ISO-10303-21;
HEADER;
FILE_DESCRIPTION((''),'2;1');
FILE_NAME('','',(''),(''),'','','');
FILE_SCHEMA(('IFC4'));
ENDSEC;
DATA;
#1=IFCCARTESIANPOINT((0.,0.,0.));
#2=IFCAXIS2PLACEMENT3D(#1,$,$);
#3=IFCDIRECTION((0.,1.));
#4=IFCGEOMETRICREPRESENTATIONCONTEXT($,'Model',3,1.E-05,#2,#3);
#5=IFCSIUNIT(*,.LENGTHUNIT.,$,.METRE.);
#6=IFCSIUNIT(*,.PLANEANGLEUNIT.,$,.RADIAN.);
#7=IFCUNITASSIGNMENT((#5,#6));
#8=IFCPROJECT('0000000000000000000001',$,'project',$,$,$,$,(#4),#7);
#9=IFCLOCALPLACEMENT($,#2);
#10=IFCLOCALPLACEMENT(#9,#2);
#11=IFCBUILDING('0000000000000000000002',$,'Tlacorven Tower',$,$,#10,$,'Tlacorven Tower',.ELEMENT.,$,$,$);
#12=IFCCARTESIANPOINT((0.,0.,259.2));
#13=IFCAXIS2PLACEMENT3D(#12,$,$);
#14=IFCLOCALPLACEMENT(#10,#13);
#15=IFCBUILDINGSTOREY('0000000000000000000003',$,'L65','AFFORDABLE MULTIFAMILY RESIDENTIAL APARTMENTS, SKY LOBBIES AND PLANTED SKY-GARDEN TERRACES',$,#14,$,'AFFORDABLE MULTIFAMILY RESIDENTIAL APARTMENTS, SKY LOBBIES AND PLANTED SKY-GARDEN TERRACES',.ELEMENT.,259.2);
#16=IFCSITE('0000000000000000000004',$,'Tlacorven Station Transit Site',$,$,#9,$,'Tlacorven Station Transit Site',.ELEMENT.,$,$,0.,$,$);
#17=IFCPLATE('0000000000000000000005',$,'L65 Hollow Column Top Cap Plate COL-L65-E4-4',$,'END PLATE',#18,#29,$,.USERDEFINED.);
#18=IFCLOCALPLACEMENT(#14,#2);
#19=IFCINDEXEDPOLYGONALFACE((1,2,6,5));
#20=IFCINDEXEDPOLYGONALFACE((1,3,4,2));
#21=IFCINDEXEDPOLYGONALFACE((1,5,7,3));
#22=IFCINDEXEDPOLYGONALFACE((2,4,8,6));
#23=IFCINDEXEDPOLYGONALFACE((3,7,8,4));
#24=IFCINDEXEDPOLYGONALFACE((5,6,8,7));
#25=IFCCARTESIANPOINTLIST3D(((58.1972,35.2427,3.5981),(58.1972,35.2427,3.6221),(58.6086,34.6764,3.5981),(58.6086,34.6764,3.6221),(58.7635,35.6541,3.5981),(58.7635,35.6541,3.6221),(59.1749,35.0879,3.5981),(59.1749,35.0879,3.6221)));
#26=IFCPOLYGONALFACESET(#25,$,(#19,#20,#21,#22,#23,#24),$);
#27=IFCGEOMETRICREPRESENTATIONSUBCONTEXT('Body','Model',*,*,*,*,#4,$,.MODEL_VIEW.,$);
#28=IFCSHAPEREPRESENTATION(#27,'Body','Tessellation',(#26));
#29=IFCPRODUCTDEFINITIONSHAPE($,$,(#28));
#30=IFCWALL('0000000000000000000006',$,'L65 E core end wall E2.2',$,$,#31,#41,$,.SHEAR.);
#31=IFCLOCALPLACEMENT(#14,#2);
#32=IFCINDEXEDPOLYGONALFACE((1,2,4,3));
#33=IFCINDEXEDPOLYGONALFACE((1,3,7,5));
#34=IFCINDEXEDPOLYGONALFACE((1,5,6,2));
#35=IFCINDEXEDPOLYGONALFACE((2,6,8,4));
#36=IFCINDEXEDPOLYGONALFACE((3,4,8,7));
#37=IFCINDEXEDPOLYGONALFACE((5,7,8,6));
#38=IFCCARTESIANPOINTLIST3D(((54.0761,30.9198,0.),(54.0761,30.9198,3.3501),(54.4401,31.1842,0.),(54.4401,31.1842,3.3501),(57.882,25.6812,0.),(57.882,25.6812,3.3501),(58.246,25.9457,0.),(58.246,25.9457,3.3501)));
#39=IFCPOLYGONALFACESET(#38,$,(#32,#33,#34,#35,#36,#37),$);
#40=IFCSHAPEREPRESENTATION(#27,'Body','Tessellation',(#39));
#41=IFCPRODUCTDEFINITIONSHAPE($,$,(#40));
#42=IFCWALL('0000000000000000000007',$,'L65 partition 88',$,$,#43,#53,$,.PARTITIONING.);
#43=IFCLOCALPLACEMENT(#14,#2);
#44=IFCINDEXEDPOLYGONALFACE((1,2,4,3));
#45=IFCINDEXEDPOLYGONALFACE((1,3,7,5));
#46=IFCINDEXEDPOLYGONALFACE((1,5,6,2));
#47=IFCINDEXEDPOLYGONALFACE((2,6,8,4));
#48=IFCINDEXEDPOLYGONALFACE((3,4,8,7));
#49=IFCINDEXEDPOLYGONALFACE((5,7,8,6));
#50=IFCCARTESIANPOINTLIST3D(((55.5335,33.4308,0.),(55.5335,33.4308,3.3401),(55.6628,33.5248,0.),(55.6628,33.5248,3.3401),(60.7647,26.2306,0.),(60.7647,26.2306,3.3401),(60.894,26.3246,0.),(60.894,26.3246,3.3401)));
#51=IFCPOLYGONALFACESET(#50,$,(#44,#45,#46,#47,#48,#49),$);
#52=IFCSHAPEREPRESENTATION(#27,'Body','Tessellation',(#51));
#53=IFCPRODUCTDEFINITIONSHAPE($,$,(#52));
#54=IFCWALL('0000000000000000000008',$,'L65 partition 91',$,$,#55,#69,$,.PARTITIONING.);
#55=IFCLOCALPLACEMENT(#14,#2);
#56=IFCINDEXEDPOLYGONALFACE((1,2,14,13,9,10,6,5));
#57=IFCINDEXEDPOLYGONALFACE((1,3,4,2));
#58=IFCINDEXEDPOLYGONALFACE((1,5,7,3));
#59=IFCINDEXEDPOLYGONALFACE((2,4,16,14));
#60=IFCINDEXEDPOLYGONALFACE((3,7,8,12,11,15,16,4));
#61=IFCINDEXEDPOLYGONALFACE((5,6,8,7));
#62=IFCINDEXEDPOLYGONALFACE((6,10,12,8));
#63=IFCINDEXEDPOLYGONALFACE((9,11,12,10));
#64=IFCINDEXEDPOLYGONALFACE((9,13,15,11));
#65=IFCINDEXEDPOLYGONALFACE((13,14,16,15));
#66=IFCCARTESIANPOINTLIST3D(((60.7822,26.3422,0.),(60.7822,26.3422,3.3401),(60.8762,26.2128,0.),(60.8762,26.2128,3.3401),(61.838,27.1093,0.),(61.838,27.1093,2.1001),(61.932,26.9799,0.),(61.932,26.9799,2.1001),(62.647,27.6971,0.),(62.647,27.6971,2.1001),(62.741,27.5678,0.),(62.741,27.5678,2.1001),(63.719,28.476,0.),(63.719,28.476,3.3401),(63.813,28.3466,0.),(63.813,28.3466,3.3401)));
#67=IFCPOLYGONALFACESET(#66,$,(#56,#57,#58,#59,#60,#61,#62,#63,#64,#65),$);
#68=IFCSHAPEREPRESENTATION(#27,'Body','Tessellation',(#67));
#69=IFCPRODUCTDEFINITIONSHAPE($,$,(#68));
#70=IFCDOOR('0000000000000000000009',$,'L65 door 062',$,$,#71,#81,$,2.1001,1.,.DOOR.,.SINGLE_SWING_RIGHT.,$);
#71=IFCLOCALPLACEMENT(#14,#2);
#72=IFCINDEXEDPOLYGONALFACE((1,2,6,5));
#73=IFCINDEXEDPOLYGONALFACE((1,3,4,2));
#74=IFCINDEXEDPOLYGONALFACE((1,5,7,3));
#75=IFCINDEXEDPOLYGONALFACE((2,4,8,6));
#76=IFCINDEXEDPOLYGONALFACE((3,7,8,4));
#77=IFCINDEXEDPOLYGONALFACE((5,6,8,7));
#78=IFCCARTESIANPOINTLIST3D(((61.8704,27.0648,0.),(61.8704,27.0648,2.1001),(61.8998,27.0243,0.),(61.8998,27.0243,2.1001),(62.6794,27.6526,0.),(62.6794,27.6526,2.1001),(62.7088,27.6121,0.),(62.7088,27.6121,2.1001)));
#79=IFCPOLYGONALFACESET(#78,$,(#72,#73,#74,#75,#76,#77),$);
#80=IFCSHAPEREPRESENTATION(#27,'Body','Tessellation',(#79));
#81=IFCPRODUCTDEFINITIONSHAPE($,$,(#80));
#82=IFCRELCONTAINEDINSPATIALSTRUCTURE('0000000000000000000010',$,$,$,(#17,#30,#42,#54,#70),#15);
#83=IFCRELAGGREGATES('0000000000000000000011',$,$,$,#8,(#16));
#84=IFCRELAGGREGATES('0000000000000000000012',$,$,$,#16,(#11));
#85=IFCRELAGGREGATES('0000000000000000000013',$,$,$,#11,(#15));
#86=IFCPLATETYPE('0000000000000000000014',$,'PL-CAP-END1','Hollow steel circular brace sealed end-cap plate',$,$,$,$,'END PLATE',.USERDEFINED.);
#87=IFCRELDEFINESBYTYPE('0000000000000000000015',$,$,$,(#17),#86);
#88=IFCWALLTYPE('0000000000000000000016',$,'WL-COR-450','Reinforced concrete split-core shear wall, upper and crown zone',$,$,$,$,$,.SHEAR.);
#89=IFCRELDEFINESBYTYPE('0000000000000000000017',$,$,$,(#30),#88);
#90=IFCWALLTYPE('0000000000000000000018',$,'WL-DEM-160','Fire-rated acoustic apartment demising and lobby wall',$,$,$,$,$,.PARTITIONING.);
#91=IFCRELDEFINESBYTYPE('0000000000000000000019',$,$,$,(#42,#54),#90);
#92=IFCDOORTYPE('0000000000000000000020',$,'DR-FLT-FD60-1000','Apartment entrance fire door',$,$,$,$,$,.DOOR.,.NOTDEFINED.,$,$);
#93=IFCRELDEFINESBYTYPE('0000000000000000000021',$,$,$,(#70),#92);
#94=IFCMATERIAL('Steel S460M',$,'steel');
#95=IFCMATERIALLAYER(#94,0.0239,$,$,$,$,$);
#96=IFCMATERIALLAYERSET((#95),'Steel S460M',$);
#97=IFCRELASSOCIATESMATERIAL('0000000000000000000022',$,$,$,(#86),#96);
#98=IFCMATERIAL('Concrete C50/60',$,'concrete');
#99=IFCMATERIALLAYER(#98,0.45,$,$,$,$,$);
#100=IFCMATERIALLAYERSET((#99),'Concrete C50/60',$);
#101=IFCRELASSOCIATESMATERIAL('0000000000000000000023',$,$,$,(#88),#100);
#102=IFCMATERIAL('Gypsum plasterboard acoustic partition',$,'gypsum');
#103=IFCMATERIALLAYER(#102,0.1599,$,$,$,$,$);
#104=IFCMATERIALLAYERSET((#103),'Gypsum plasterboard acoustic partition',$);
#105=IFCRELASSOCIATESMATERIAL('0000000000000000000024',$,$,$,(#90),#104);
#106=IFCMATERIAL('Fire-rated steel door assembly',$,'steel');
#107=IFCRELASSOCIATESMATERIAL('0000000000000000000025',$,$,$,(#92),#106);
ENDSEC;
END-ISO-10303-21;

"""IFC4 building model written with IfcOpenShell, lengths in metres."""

from ifc_helpers import new_model, si_unit, direction, frame, frame_2d, origin, origin_2d, place, context, subcontext, project, spatial, rectangle, extrude, source, transform, mapped, material, layer, layer_set, type_object, element, fill, save


model = new_model("IFC4")

# Units and contexts
model_context = context("Model", 3, precision=1e-05, world=origin(), true_north=direction((0.0, 1.0)))
body_context = subcontext(model_context, "Body", "Model", "MODEL_VIEW")
ifc_project = project(units=[si_unit("LENGTHUNIT", "METRE"), si_unit("PLANEANGLEUNIT", "RADIAN")], contexts=[model_context])

# Site, building, storey
site_placement = place(None, origin())
site = spatial("IfcSite", under=ifc_project, at=site_placement, Name="Tlacorven Station Transit Site", LongName="Tlacorven Station Transit Site", CompositionType="ELEMENT", RefElevation=0.0)
building_placement = place(site_placement, origin())
building = spatial("IfcBuilding", under=site, at=building_placement, Name="Tlacorven Tower", LongName="Tlacorven Tower", CompositionType="ELEMENT")
storey_placement = place(building_placement, frame((0.0, 0.0, 259.2)))
storey = spatial("IfcBuildingStorey", under=building, at=storey_placement, Name="L65", Description="AFFORDABLE MULTIFAMILY RESIDENTIAL APARTMENTS, SKY LOBBIES AND PLANTED SKY-GARDEN TERRACES", LongName="AFFORDABLE MULTIFAMILY RESIDENTIAL APARTMENTS, SKY LOBBIES AND PLANTED SKY-GARDEN TERRACES", CompositionType="ELEMENT", Elevation=259.2)

# Shared definitions
ifc_material_1 = material(Name="Steel S460M", Category="steel")

# Plate
ifc_layer_1 = layer(ifc_material_1, 0.0239)
ifc_layer_set_1 = layer_set([ifc_layer_1], Name="Steel S460M")
plate_type_1 = type_object("IfcPlateType", Name="PL-CAP-END1", Description="Hollow steel circular brace sealed end-cap plate", ElementType="END PLATE", PredefinedType="USERDEFINED", material=ifc_layer_set_1)
shared_shape_1 = source(origin(), body_context, "Body", "SweptSolid", [
    extrude(rectangle(XDim=0.7, YDim=0.7, at=origin_2d()), origin(), (0.0, 0.0, 1.0), 0.0239),
])
for number, where, z_axis, x_axis, name in (
    (1, (58.686, 35.1653, 3.5981), (0.0, 0.0, 1.0), (0.809017, 0.587785, 0.0), "L65 Hollow Column Top Cap Plate COL-L65-E4-4"),
):
    element("IfcPlate", number, at=place(storey_placement, frame(where, z_axis=z_axis, x_axis=x_axis)), inside=storey, type_object=plate_type_1, Name=name, ObjectType="END PLATE", PredefinedType="USERDEFINED", context=body_context, shape_type="MappedRepresentation", body=[
        mapped(shared_shape_1, transform((0.0, 0.0, 0.0), scale=1.0)),
    ])

# Walls
ifc_material_2 = material(Name="Concrete C50/60", Category="concrete")
ifc_layer_2 = layer(ifc_material_2, 0.45)
ifc_layer_set_2 = layer_set([ifc_layer_2], Name="Concrete C50/60")
wall_type_1 = type_object("IfcWallType", Name="WL-COR-450", Description="Reinforced concrete split-core shear wall, upper and crown zone", PredefinedType="SHEAR", material=ifc_layer_set_2)
wall_1_placement = place(storey_placement, frame((58.064, 25.8135, 0.0), z_axis=(0.0, 0.0, 1.0), x_axis=(-0.587775, 0.809025, 0.0)))
element("IfcWall", 2, at=wall_1_placement, inside=storey, type_object=wall_type_1, Name="L65 E core end wall E2.2", PredefinedType="SHEAR", context=body_context, shape_type="SweptSolid", body=[
    extrude(rectangle(XDim=6.4751, YDim=0.45, at=frame_2d((3.2375, 0.0))), origin(), (0.0, 0.0, 1.0), 3.3501),
])
ifc_material_3 = material(Name="Gypsum plasterboard acoustic partition", Category="gypsum")
ifc_layer_3 = layer(ifc_material_3, 0.1599)
ifc_layer_set_3 = layer_set([ifc_layer_3], Name="Gypsum plasterboard acoustic partition")
wall_type_2 = type_object("IfcWallType", Name="WL-DEM-160", Description="Fire-rated acoustic apartment demising and lobby wall", PredefinedType="PARTITIONING", material=ifc_layer_set_3)
wall_2_placement = place(storey_placement, frame((60.8293, 26.2776, 0.0), z_axis=(0.0, 0.0, 1.0), x_axis=(-0.587782, 0.80902, 0.0)))
element("IfcWall", 3, at=wall_2_placement, inside=storey, type_object=wall_type_2, Name="L65 partition 88", PredefinedType="PARTITIONING", context=body_context, shape_type="SweptSolid", body=[
    extrude(rectangle(XDim=8.8999, YDim=0.1599, at=frame_2d((4.45, 0.0))), origin(), (0.0, 0.0, 1.0), 3.3401),
])

# Wall, opening, door
wall_3_placement = place(storey_placement, frame((60.8293, 26.2776, 0.0), z_axis=(0.0, 0.0, 1.0), x_axis=(0.809004, 0.587804, 0.0)))
wall_3 = element("IfcWall", 4, at=wall_3_placement, inside=storey, type_object=wall_type_2, Name="L65 partition 91", PredefinedType="PARTITIONING", context=body_context, shape_type="SweptSolid", body=[
    extrude(rectangle(XDim=3.6301, YDim=0.1599, at=frame_2d((1.8149, 0.0))), origin(), (0.0, 0.0, 1.0), 3.3401),
])
opening_1_placement = place(wall_3_placement, frame((1.3049, 0.0, 0.0)))
opening_1 = element("IfcOpeningElement", 5, at=opening_1_placement, cuts=wall_3, PredefinedType="OPENING", context=body_context, shape_type="SweptSolid", body=[
    extrude(rectangle(XDim=1.0, YDim=2.1001, at=frame_2d((0.5, 1.05))), frame((0.0, 0.0898, 0.0), z_axis=(0.0, -1.0, 0.0), x_axis=(1.0, 0.0, 0.0)), (0.0, 0.0, 1.0), 0.1799),
])
ifc_material_4 = material(Name="Fire-rated steel door assembly", Category="steel")
door_type = type_object("IfcDoorType", Name="DR-FLT-FD60-1000", Description="Apartment entrance fire door", OperationType="NOTDEFINED", PredefinedType="DOOR", material=ifc_material_4)
shared_shape_2 = source(origin(), body_context, "Body", "SweptSolid", [
    extrude(rectangle(XDim=1.0, YDim=2.1001, at=frame_2d((0.5, 1.05))), frame((0.0, 0.0249, 0.0), z_axis=(0.0, -1.0, 0.0), x_axis=(1.0, 0.0, 0.0)), (0.0, 0.0, 1.0), 0.05),
])
door_placement = place(opening_1_placement, origin())
door = element("IfcDoor", 6, at=door_placement, inside=storey, type_object=door_type, Name="L65 door 062", OperationType="SINGLE_SWING_RIGHT", OverallHeight=2.1001, OverallWidth=1.0, PredefinedType="DOOR", context=body_context, shape_type="MappedRepresentation", body=[
    mapped(shared_shape_2, transform((0.0, 0.0, 0.0), scale=1.0)),
])
fill(opening_1, door)

save(model, "model.ifc")
